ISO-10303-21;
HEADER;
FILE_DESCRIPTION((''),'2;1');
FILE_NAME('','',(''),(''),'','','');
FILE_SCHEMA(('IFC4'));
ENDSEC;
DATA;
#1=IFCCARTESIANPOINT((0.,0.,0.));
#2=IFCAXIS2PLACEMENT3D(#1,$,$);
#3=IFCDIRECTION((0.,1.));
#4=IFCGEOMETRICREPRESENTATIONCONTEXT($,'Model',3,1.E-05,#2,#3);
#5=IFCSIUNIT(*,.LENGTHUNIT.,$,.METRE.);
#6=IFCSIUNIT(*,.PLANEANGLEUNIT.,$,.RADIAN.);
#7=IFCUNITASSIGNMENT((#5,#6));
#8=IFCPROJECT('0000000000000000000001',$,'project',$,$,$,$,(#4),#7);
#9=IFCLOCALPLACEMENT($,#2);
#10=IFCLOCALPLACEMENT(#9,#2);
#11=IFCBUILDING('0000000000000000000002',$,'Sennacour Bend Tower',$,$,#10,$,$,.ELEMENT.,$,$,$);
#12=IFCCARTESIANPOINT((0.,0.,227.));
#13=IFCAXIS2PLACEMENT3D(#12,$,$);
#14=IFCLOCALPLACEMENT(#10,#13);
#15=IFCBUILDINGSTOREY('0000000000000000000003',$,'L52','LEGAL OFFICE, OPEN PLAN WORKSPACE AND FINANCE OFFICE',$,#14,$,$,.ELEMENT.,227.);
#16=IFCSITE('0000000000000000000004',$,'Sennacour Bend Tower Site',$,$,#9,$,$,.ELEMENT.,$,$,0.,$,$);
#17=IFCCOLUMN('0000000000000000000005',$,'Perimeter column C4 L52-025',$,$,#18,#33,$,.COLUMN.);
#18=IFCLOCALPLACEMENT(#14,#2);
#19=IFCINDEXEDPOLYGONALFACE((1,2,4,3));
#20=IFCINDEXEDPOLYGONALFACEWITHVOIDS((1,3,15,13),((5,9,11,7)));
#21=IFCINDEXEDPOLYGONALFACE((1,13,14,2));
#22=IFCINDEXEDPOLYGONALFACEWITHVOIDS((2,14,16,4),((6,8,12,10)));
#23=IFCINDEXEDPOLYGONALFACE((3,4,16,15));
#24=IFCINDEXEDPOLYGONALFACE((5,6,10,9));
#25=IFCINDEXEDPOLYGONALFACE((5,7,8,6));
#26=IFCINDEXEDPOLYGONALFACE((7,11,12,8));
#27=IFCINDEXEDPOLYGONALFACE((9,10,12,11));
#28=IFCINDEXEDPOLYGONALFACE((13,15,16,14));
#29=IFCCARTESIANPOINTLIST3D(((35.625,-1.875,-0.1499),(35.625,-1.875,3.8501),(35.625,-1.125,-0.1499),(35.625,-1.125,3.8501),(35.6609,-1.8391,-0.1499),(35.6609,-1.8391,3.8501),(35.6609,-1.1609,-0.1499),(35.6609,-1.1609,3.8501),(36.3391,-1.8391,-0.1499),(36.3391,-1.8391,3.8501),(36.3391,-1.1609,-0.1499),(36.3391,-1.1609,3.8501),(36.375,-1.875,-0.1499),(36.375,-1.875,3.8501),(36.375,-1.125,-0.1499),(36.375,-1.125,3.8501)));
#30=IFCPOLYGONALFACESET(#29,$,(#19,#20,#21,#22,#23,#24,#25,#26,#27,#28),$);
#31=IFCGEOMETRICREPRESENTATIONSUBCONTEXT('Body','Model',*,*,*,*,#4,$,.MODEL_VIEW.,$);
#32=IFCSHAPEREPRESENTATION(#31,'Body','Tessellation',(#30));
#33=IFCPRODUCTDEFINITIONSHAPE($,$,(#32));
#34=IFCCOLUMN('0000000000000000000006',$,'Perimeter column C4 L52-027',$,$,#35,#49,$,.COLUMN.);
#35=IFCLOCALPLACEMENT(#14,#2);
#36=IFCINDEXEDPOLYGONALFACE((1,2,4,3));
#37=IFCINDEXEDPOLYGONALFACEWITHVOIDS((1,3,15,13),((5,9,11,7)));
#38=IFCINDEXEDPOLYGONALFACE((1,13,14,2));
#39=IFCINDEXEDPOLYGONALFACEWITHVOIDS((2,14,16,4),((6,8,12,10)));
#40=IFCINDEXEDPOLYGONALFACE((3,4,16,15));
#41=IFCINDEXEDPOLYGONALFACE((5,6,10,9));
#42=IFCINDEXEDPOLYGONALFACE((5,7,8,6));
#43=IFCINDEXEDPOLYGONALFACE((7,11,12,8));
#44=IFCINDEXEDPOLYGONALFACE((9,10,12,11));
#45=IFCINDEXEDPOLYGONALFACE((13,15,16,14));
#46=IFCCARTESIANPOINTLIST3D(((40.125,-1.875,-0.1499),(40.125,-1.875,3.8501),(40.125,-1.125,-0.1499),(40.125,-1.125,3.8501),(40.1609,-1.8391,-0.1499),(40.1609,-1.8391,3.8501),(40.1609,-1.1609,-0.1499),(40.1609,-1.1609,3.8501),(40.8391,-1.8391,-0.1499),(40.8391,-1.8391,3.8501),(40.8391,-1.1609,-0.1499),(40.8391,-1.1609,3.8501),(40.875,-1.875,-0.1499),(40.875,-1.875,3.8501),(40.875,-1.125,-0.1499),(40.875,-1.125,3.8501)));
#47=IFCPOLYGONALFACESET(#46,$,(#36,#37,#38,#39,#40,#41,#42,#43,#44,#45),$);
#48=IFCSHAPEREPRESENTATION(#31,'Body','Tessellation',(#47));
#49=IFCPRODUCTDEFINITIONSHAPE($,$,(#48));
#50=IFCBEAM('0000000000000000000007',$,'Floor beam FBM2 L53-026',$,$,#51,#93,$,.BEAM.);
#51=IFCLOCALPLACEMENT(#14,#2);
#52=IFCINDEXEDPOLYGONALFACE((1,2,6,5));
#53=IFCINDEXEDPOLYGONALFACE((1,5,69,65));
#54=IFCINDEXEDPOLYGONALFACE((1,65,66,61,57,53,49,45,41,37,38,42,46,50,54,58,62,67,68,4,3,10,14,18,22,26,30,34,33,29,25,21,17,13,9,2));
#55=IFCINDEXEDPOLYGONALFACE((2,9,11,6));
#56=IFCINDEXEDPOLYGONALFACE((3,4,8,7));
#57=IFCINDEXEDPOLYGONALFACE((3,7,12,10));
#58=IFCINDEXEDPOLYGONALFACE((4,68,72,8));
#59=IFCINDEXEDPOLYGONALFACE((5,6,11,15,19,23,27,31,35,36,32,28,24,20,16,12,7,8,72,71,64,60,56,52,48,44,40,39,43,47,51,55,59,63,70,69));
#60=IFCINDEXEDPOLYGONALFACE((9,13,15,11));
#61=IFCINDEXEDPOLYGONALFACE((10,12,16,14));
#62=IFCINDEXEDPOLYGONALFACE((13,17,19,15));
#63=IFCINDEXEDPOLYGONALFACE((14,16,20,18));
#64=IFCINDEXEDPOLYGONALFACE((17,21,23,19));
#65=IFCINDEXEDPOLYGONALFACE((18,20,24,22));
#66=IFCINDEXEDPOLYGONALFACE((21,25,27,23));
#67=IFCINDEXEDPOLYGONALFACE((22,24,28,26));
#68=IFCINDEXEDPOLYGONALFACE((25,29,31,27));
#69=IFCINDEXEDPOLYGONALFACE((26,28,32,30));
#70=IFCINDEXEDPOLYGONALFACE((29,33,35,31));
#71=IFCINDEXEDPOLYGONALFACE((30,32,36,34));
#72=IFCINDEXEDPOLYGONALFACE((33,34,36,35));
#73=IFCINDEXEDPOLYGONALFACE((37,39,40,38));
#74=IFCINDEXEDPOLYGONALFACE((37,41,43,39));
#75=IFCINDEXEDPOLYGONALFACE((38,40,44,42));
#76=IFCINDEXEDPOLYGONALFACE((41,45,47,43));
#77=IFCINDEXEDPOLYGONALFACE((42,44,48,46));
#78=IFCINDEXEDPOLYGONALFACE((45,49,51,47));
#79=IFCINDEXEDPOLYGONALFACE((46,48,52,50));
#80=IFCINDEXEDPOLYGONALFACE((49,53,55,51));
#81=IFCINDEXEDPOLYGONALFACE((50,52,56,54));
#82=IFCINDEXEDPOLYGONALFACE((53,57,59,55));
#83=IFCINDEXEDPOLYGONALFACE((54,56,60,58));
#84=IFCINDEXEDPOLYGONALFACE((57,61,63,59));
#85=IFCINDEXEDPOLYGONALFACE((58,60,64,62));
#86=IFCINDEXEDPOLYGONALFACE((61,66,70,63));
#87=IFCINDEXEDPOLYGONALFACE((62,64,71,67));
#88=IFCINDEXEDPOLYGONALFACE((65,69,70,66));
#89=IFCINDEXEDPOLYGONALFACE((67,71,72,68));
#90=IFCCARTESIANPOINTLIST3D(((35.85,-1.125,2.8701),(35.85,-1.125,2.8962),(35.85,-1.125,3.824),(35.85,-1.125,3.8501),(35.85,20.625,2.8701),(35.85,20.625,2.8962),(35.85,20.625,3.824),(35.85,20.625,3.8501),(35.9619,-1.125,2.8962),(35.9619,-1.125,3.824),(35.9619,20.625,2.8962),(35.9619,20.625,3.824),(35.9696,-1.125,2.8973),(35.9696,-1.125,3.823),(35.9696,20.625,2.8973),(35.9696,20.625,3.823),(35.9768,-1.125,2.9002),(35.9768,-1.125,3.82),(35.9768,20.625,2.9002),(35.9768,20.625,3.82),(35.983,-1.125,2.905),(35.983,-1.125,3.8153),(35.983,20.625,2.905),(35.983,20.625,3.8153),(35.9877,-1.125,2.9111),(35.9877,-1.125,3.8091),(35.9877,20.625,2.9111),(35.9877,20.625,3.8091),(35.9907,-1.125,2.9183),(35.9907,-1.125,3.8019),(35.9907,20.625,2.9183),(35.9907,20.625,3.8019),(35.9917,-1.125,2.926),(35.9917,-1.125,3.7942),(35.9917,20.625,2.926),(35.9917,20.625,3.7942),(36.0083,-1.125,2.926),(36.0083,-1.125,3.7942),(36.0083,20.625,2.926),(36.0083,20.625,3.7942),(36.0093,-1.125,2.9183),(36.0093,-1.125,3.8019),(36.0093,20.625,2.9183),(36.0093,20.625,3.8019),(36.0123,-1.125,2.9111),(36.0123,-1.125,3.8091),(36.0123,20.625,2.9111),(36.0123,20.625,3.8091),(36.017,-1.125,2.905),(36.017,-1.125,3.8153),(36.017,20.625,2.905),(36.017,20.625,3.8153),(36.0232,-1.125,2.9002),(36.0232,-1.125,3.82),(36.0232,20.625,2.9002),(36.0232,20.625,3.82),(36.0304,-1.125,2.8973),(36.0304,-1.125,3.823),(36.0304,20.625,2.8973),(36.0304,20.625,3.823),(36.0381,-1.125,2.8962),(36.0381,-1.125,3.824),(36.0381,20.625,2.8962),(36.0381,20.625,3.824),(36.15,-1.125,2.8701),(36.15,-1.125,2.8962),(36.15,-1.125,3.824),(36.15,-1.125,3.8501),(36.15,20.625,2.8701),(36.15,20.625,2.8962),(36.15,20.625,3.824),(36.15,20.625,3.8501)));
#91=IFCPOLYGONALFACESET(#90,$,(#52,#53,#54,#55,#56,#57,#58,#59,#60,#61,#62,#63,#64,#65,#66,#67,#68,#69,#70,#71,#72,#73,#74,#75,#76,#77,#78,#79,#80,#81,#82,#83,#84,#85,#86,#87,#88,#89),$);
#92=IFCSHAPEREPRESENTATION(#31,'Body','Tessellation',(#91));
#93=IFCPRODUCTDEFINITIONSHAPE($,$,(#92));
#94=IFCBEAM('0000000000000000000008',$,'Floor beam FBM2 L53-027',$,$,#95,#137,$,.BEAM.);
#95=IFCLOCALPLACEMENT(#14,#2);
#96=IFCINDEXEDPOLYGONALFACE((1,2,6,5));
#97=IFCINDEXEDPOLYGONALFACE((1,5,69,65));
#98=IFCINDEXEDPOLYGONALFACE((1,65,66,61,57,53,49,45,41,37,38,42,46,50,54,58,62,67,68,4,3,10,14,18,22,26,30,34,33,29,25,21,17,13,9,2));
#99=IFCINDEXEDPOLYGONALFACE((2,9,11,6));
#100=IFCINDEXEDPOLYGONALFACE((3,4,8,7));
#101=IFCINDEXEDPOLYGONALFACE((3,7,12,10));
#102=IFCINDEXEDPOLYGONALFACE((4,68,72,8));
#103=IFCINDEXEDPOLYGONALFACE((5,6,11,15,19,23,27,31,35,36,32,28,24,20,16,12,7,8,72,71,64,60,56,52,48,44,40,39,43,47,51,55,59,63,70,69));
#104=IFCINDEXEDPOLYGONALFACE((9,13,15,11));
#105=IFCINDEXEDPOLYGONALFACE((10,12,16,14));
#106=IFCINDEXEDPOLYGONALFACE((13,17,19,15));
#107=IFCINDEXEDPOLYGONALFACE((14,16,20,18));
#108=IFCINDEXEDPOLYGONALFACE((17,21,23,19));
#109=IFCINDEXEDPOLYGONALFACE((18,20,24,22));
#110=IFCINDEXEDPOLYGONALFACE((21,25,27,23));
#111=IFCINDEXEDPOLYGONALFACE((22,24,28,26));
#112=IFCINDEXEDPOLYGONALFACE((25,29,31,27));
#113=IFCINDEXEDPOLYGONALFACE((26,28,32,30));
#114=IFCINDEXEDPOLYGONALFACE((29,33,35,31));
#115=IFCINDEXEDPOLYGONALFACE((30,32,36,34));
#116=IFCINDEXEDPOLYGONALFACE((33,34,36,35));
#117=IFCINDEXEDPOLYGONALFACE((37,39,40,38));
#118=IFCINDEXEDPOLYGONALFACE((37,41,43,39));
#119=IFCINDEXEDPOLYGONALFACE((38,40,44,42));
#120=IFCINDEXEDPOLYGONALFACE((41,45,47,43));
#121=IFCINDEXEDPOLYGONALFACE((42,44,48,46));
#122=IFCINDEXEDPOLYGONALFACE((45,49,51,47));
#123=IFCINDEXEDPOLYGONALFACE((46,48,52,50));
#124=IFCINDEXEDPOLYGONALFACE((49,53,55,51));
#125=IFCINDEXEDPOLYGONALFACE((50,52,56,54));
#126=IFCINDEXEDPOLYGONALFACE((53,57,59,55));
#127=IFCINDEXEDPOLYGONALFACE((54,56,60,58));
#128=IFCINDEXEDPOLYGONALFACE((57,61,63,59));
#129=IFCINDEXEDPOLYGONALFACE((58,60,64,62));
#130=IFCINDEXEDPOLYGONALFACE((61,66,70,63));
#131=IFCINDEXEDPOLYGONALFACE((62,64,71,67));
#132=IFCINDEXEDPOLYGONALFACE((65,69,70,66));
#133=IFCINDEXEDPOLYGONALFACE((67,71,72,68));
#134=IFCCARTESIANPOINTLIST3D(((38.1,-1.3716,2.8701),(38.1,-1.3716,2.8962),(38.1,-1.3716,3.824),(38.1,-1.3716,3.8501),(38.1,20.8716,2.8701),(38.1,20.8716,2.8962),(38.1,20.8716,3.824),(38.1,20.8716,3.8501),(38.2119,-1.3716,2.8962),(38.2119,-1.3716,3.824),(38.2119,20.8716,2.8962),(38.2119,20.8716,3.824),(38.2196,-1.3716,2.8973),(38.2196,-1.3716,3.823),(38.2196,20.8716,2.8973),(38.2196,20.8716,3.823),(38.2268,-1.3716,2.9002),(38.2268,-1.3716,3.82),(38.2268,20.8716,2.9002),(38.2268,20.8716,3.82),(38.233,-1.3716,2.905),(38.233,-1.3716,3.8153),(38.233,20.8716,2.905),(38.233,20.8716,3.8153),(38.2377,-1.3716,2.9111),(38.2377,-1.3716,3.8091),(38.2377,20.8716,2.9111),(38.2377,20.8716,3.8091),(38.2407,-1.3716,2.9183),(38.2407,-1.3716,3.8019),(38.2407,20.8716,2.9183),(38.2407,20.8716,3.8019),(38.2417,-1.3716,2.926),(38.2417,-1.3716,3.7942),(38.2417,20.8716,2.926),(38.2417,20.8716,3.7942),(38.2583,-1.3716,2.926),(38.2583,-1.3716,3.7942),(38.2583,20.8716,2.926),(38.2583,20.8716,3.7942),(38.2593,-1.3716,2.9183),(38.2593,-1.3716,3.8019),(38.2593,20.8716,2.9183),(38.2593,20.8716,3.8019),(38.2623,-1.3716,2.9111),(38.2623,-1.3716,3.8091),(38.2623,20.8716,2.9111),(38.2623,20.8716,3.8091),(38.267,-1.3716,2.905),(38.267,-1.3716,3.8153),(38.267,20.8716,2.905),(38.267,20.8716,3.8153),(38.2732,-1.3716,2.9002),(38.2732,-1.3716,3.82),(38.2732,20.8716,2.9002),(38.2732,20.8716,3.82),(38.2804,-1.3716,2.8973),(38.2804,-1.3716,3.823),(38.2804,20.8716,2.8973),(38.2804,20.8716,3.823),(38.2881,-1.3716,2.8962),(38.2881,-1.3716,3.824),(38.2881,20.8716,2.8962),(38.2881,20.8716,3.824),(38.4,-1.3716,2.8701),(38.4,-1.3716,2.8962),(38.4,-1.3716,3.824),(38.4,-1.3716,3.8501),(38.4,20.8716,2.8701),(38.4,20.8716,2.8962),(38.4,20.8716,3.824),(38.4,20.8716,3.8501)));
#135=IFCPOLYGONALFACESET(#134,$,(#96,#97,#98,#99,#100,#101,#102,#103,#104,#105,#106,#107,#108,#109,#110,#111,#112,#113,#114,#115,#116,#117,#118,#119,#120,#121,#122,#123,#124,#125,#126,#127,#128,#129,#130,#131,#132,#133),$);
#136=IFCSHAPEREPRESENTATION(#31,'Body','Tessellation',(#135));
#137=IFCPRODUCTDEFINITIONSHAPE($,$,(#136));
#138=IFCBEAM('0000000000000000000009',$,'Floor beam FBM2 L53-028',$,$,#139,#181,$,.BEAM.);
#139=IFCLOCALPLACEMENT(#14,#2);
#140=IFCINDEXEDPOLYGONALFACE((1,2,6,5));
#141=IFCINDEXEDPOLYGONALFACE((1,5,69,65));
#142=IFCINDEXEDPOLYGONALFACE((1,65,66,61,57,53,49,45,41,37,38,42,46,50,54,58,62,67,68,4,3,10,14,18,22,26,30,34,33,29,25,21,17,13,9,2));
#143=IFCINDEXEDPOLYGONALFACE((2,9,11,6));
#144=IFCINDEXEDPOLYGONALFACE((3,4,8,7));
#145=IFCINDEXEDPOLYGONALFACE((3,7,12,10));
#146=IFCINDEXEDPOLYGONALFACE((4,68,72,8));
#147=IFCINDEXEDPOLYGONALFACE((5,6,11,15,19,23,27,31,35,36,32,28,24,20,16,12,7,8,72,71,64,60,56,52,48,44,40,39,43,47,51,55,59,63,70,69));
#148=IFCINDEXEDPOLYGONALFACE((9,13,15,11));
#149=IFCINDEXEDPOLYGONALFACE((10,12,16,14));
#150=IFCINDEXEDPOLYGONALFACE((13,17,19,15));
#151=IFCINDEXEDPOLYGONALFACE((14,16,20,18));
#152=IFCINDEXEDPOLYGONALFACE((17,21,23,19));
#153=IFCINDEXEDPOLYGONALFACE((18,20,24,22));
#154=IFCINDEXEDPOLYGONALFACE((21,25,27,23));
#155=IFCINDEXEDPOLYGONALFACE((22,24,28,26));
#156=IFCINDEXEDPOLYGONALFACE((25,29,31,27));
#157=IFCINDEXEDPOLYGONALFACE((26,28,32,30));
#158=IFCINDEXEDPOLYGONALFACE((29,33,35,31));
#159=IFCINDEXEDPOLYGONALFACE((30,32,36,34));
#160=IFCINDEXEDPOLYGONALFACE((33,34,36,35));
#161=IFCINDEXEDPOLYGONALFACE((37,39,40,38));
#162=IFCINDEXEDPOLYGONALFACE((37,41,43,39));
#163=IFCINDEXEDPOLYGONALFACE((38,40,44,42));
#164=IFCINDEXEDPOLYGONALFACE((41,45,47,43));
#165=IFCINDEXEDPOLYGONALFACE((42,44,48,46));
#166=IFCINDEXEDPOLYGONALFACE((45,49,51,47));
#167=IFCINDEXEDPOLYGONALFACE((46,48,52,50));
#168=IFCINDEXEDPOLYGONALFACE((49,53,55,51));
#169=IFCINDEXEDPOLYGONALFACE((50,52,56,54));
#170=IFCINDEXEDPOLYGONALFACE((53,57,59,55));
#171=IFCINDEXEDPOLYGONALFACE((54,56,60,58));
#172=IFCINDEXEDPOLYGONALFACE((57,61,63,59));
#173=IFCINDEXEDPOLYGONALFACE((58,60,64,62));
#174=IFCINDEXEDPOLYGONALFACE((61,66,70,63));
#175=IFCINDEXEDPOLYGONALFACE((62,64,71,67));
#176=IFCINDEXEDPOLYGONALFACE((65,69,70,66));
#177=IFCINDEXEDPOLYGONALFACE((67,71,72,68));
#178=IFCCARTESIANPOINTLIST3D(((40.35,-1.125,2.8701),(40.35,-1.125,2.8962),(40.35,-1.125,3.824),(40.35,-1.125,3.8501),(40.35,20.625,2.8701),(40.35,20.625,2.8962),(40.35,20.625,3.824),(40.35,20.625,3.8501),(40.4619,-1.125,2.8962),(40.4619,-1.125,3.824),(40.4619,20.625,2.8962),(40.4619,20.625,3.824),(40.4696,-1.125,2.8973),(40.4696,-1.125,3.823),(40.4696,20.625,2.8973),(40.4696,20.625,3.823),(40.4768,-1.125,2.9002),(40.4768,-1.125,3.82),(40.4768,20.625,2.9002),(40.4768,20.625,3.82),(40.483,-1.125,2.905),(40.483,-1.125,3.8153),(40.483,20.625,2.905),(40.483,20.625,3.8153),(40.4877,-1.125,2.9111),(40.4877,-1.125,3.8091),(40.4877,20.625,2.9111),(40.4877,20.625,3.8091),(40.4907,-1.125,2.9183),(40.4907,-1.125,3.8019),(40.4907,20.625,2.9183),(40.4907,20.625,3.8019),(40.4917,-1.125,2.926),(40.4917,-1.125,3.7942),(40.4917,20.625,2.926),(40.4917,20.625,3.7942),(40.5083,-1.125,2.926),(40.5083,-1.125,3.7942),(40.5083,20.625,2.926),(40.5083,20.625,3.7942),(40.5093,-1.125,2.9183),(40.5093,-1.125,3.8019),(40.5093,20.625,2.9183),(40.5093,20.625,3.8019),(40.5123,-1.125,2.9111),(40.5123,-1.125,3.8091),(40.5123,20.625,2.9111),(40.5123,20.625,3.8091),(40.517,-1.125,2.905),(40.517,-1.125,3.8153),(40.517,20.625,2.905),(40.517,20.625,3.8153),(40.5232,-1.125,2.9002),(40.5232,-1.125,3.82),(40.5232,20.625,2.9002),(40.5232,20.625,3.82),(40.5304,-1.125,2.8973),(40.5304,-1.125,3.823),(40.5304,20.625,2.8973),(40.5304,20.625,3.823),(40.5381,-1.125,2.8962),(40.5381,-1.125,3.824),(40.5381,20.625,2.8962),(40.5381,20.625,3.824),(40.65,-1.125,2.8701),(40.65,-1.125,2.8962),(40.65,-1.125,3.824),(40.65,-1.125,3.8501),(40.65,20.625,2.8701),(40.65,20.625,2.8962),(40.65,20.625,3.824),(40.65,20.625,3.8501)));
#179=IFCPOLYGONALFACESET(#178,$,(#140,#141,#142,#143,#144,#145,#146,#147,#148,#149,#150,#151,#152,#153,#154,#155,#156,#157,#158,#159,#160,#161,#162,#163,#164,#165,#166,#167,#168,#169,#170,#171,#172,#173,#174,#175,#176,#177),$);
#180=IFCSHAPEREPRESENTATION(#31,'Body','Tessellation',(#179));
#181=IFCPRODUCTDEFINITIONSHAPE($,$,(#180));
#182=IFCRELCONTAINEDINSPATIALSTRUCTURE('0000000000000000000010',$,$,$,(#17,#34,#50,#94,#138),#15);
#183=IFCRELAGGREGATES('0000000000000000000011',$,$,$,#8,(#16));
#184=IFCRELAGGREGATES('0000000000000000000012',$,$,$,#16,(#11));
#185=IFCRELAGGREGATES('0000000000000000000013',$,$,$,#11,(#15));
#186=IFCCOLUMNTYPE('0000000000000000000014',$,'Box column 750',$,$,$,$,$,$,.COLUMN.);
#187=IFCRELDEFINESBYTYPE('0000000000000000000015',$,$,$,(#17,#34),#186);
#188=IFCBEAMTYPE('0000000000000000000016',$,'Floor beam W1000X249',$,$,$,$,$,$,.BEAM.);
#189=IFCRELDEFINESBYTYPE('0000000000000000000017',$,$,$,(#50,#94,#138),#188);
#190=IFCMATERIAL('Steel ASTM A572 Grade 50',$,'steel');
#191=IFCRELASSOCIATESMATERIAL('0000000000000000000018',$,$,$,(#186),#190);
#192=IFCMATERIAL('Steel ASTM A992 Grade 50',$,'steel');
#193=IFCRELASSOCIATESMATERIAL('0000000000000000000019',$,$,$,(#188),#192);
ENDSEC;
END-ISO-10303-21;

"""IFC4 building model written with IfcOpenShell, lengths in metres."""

from ifc_helpers import new_model, si_unit, direction, frame, origin, origin_2d, place, context, subcontext, project, spatial, hollow_rectangle, i_section, extrude, material, material_profile, profile_set, type_object, element, save


model = new_model("IFC4")

# Units and contexts
model_context = context("Model", 3, precision=1e-05, world=origin(), true_north=direction((0.0, 1.0)))
body_context = subcontext(model_context, "Body", "Model", "MODEL_VIEW")
ifc_project = project(units=[si_unit("LENGTHUNIT", "METRE"), si_unit("PLANEANGLEUNIT", "RADIAN")], contexts=[model_context])

# Site, building, storey
site_placement = place(None, origin())
site = spatial("IfcSite", under=ifc_project, at=site_placement, Name="Sennacour Bend Tower Site", CompositionType="ELEMENT", RefElevation=0.0)
building_placement = place(site_placement, origin())
building = spatial("IfcBuilding", under=site, at=building_placement, Name="Sennacour Bend Tower", CompositionType="ELEMENT")
storey_placement = place(building_placement, frame((0.0, 0.0, 227.0)))
storey = spatial("IfcBuildingStorey", under=building, at=storey_placement, Name="L52", Description="LEGAL OFFICE, OPEN PLAN WORKSPACE AND FINANCE OFFICE", CompositionType="ELEMENT", Elevation=227.0)

# Columns
ifc_material_1 = material(Name="Steel ASTM A572 Grade 50", Category="steel")
ifc_material_profile_1 = material_profile(ifc_material_1, hollow_rectangle(XDim=0.75, YDim=0.75, WallThickness=0.0359, at=origin_2d()), Name="Steel ASTM A572 Grade 50", Category="steel")
ifc_profile_set_1 = profile_set([ifc_material_profile_1], Name="Steel ASTM A572 Grade 50")
column_type = type_object("IfcColumnType", Name="Box column 750", PredefinedType="COLUMN", material=ifc_profile_set_1)
for number, where, z_axis, x_axis, name in (
    (1, (36.0, -1.5, -0.1499), (0.0, 0.0, 1.0), (1.0, 0.0, 0.0), "Perimeter column C4 L52-025"),
    (2, (40.5, -1.5, -0.1499), (0.0, 0.0, 1.0), (1.0, 0.0, 0.0), "Perimeter column C4 L52-027"),
):
    element("IfcColumn", number, at=place(storey_placement, frame(where, z_axis=z_axis, x_axis=x_axis)), inside=storey, type_object=column_type, Name=name, PredefinedType="COLUMN", context=body_context, shape_type="SweptSolid", body=[
        extrude(hollow_rectangle(XDim=0.75, YDim=0.75, WallThickness=0.0359, at=origin_2d()), origin(), (0.0, 0.0, 1.0), 4.0),
    ])

# Beams
ifc_material_2 = material(Name="Steel ASTM A992 Grade 50", Category="steel")
ifc_material_profile_2 = material_profile(ifc_material_2, i_section(OverallWidth=0.3, OverallDepth=0.98, WebThickness=0.0166, FlangeThickness=0.0261, FilletRadius=0.0298, at=origin_2d()), Name="Steel ASTM A992 Grade 50", Category="steel")
ifc_profile_set_2 = profile_set([ifc_material_profile_2], Name="Steel ASTM A992 Grade 50")
beam_type_1 = type_object("IfcBeamType", Name="Floor beam W1000X249", PredefinedType="BEAM", material=ifc_profile_set_2)
beam_1_placement = place(storey_placement, frame((36.0, -1.125, 3.3601), z_axis=(0.0, 1.0, 0.0), x_axis=(-1.0, 0.0, 0.0)))
element("IfcBeam", 3, at=beam_1_placement, inside=storey, type_object=beam_type_1, Name="Floor beam FBM2 L53-026", PredefinedType="BEAM", context=body_context, shape_type="SweptSolid", body=[
    extrude(i_section(OverallWidth=0.3, OverallDepth=0.98, WebThickness=0.0166, FlangeThickness=0.0261, FilletRadius=0.0298, at=origin_2d()), origin(), (0.0, 0.0, 1.0), 21.75),
])
beam_2_placement = place(storey_placement, frame((38.25, -1.3716, 3.3601), z_axis=(0.0, 1.0, 0.0), x_axis=(-1.0, 0.0, 0.0)))
element("IfcBeam", 4, at=beam_2_placement, inside=storey, type_object=beam_type_1, Name="Floor beam FBM2 L53-027", PredefinedType="BEAM", context=body_context, shape_type="SweptSolid", body=[
    extrude(i_section(OverallWidth=0.3, OverallDepth=0.98, WebThickness=0.0166, FlangeThickness=0.0261, FilletRadius=0.0298, at=origin_2d()), origin(), (0.0, 0.0, 1.0), 22.2432),
])
beam_3_placement = place(storey_placement, frame((40.5, -1.125, 3.3601), z_axis=(0.0, 1.0, 0.0), x_axis=(-1.0, 0.0, 0.0)))
element("IfcBeam", 5, at=beam_3_placement, inside=storey, type_object=beam_type_1, Name="Floor beam FBM2 L53-028", PredefinedType="BEAM", context=body_context, shape_type="SweptSolid", body=[
    extrude(i_section(OverallWidth=0.3, OverallDepth=0.98, WebThickness=0.0166, FlangeThickness=0.0261, FilletRadius=0.0298, at=origin_2d()), origin(), (0.0, 0.0, 1.0), 21.75),
])

save(model, "model.ifc")
